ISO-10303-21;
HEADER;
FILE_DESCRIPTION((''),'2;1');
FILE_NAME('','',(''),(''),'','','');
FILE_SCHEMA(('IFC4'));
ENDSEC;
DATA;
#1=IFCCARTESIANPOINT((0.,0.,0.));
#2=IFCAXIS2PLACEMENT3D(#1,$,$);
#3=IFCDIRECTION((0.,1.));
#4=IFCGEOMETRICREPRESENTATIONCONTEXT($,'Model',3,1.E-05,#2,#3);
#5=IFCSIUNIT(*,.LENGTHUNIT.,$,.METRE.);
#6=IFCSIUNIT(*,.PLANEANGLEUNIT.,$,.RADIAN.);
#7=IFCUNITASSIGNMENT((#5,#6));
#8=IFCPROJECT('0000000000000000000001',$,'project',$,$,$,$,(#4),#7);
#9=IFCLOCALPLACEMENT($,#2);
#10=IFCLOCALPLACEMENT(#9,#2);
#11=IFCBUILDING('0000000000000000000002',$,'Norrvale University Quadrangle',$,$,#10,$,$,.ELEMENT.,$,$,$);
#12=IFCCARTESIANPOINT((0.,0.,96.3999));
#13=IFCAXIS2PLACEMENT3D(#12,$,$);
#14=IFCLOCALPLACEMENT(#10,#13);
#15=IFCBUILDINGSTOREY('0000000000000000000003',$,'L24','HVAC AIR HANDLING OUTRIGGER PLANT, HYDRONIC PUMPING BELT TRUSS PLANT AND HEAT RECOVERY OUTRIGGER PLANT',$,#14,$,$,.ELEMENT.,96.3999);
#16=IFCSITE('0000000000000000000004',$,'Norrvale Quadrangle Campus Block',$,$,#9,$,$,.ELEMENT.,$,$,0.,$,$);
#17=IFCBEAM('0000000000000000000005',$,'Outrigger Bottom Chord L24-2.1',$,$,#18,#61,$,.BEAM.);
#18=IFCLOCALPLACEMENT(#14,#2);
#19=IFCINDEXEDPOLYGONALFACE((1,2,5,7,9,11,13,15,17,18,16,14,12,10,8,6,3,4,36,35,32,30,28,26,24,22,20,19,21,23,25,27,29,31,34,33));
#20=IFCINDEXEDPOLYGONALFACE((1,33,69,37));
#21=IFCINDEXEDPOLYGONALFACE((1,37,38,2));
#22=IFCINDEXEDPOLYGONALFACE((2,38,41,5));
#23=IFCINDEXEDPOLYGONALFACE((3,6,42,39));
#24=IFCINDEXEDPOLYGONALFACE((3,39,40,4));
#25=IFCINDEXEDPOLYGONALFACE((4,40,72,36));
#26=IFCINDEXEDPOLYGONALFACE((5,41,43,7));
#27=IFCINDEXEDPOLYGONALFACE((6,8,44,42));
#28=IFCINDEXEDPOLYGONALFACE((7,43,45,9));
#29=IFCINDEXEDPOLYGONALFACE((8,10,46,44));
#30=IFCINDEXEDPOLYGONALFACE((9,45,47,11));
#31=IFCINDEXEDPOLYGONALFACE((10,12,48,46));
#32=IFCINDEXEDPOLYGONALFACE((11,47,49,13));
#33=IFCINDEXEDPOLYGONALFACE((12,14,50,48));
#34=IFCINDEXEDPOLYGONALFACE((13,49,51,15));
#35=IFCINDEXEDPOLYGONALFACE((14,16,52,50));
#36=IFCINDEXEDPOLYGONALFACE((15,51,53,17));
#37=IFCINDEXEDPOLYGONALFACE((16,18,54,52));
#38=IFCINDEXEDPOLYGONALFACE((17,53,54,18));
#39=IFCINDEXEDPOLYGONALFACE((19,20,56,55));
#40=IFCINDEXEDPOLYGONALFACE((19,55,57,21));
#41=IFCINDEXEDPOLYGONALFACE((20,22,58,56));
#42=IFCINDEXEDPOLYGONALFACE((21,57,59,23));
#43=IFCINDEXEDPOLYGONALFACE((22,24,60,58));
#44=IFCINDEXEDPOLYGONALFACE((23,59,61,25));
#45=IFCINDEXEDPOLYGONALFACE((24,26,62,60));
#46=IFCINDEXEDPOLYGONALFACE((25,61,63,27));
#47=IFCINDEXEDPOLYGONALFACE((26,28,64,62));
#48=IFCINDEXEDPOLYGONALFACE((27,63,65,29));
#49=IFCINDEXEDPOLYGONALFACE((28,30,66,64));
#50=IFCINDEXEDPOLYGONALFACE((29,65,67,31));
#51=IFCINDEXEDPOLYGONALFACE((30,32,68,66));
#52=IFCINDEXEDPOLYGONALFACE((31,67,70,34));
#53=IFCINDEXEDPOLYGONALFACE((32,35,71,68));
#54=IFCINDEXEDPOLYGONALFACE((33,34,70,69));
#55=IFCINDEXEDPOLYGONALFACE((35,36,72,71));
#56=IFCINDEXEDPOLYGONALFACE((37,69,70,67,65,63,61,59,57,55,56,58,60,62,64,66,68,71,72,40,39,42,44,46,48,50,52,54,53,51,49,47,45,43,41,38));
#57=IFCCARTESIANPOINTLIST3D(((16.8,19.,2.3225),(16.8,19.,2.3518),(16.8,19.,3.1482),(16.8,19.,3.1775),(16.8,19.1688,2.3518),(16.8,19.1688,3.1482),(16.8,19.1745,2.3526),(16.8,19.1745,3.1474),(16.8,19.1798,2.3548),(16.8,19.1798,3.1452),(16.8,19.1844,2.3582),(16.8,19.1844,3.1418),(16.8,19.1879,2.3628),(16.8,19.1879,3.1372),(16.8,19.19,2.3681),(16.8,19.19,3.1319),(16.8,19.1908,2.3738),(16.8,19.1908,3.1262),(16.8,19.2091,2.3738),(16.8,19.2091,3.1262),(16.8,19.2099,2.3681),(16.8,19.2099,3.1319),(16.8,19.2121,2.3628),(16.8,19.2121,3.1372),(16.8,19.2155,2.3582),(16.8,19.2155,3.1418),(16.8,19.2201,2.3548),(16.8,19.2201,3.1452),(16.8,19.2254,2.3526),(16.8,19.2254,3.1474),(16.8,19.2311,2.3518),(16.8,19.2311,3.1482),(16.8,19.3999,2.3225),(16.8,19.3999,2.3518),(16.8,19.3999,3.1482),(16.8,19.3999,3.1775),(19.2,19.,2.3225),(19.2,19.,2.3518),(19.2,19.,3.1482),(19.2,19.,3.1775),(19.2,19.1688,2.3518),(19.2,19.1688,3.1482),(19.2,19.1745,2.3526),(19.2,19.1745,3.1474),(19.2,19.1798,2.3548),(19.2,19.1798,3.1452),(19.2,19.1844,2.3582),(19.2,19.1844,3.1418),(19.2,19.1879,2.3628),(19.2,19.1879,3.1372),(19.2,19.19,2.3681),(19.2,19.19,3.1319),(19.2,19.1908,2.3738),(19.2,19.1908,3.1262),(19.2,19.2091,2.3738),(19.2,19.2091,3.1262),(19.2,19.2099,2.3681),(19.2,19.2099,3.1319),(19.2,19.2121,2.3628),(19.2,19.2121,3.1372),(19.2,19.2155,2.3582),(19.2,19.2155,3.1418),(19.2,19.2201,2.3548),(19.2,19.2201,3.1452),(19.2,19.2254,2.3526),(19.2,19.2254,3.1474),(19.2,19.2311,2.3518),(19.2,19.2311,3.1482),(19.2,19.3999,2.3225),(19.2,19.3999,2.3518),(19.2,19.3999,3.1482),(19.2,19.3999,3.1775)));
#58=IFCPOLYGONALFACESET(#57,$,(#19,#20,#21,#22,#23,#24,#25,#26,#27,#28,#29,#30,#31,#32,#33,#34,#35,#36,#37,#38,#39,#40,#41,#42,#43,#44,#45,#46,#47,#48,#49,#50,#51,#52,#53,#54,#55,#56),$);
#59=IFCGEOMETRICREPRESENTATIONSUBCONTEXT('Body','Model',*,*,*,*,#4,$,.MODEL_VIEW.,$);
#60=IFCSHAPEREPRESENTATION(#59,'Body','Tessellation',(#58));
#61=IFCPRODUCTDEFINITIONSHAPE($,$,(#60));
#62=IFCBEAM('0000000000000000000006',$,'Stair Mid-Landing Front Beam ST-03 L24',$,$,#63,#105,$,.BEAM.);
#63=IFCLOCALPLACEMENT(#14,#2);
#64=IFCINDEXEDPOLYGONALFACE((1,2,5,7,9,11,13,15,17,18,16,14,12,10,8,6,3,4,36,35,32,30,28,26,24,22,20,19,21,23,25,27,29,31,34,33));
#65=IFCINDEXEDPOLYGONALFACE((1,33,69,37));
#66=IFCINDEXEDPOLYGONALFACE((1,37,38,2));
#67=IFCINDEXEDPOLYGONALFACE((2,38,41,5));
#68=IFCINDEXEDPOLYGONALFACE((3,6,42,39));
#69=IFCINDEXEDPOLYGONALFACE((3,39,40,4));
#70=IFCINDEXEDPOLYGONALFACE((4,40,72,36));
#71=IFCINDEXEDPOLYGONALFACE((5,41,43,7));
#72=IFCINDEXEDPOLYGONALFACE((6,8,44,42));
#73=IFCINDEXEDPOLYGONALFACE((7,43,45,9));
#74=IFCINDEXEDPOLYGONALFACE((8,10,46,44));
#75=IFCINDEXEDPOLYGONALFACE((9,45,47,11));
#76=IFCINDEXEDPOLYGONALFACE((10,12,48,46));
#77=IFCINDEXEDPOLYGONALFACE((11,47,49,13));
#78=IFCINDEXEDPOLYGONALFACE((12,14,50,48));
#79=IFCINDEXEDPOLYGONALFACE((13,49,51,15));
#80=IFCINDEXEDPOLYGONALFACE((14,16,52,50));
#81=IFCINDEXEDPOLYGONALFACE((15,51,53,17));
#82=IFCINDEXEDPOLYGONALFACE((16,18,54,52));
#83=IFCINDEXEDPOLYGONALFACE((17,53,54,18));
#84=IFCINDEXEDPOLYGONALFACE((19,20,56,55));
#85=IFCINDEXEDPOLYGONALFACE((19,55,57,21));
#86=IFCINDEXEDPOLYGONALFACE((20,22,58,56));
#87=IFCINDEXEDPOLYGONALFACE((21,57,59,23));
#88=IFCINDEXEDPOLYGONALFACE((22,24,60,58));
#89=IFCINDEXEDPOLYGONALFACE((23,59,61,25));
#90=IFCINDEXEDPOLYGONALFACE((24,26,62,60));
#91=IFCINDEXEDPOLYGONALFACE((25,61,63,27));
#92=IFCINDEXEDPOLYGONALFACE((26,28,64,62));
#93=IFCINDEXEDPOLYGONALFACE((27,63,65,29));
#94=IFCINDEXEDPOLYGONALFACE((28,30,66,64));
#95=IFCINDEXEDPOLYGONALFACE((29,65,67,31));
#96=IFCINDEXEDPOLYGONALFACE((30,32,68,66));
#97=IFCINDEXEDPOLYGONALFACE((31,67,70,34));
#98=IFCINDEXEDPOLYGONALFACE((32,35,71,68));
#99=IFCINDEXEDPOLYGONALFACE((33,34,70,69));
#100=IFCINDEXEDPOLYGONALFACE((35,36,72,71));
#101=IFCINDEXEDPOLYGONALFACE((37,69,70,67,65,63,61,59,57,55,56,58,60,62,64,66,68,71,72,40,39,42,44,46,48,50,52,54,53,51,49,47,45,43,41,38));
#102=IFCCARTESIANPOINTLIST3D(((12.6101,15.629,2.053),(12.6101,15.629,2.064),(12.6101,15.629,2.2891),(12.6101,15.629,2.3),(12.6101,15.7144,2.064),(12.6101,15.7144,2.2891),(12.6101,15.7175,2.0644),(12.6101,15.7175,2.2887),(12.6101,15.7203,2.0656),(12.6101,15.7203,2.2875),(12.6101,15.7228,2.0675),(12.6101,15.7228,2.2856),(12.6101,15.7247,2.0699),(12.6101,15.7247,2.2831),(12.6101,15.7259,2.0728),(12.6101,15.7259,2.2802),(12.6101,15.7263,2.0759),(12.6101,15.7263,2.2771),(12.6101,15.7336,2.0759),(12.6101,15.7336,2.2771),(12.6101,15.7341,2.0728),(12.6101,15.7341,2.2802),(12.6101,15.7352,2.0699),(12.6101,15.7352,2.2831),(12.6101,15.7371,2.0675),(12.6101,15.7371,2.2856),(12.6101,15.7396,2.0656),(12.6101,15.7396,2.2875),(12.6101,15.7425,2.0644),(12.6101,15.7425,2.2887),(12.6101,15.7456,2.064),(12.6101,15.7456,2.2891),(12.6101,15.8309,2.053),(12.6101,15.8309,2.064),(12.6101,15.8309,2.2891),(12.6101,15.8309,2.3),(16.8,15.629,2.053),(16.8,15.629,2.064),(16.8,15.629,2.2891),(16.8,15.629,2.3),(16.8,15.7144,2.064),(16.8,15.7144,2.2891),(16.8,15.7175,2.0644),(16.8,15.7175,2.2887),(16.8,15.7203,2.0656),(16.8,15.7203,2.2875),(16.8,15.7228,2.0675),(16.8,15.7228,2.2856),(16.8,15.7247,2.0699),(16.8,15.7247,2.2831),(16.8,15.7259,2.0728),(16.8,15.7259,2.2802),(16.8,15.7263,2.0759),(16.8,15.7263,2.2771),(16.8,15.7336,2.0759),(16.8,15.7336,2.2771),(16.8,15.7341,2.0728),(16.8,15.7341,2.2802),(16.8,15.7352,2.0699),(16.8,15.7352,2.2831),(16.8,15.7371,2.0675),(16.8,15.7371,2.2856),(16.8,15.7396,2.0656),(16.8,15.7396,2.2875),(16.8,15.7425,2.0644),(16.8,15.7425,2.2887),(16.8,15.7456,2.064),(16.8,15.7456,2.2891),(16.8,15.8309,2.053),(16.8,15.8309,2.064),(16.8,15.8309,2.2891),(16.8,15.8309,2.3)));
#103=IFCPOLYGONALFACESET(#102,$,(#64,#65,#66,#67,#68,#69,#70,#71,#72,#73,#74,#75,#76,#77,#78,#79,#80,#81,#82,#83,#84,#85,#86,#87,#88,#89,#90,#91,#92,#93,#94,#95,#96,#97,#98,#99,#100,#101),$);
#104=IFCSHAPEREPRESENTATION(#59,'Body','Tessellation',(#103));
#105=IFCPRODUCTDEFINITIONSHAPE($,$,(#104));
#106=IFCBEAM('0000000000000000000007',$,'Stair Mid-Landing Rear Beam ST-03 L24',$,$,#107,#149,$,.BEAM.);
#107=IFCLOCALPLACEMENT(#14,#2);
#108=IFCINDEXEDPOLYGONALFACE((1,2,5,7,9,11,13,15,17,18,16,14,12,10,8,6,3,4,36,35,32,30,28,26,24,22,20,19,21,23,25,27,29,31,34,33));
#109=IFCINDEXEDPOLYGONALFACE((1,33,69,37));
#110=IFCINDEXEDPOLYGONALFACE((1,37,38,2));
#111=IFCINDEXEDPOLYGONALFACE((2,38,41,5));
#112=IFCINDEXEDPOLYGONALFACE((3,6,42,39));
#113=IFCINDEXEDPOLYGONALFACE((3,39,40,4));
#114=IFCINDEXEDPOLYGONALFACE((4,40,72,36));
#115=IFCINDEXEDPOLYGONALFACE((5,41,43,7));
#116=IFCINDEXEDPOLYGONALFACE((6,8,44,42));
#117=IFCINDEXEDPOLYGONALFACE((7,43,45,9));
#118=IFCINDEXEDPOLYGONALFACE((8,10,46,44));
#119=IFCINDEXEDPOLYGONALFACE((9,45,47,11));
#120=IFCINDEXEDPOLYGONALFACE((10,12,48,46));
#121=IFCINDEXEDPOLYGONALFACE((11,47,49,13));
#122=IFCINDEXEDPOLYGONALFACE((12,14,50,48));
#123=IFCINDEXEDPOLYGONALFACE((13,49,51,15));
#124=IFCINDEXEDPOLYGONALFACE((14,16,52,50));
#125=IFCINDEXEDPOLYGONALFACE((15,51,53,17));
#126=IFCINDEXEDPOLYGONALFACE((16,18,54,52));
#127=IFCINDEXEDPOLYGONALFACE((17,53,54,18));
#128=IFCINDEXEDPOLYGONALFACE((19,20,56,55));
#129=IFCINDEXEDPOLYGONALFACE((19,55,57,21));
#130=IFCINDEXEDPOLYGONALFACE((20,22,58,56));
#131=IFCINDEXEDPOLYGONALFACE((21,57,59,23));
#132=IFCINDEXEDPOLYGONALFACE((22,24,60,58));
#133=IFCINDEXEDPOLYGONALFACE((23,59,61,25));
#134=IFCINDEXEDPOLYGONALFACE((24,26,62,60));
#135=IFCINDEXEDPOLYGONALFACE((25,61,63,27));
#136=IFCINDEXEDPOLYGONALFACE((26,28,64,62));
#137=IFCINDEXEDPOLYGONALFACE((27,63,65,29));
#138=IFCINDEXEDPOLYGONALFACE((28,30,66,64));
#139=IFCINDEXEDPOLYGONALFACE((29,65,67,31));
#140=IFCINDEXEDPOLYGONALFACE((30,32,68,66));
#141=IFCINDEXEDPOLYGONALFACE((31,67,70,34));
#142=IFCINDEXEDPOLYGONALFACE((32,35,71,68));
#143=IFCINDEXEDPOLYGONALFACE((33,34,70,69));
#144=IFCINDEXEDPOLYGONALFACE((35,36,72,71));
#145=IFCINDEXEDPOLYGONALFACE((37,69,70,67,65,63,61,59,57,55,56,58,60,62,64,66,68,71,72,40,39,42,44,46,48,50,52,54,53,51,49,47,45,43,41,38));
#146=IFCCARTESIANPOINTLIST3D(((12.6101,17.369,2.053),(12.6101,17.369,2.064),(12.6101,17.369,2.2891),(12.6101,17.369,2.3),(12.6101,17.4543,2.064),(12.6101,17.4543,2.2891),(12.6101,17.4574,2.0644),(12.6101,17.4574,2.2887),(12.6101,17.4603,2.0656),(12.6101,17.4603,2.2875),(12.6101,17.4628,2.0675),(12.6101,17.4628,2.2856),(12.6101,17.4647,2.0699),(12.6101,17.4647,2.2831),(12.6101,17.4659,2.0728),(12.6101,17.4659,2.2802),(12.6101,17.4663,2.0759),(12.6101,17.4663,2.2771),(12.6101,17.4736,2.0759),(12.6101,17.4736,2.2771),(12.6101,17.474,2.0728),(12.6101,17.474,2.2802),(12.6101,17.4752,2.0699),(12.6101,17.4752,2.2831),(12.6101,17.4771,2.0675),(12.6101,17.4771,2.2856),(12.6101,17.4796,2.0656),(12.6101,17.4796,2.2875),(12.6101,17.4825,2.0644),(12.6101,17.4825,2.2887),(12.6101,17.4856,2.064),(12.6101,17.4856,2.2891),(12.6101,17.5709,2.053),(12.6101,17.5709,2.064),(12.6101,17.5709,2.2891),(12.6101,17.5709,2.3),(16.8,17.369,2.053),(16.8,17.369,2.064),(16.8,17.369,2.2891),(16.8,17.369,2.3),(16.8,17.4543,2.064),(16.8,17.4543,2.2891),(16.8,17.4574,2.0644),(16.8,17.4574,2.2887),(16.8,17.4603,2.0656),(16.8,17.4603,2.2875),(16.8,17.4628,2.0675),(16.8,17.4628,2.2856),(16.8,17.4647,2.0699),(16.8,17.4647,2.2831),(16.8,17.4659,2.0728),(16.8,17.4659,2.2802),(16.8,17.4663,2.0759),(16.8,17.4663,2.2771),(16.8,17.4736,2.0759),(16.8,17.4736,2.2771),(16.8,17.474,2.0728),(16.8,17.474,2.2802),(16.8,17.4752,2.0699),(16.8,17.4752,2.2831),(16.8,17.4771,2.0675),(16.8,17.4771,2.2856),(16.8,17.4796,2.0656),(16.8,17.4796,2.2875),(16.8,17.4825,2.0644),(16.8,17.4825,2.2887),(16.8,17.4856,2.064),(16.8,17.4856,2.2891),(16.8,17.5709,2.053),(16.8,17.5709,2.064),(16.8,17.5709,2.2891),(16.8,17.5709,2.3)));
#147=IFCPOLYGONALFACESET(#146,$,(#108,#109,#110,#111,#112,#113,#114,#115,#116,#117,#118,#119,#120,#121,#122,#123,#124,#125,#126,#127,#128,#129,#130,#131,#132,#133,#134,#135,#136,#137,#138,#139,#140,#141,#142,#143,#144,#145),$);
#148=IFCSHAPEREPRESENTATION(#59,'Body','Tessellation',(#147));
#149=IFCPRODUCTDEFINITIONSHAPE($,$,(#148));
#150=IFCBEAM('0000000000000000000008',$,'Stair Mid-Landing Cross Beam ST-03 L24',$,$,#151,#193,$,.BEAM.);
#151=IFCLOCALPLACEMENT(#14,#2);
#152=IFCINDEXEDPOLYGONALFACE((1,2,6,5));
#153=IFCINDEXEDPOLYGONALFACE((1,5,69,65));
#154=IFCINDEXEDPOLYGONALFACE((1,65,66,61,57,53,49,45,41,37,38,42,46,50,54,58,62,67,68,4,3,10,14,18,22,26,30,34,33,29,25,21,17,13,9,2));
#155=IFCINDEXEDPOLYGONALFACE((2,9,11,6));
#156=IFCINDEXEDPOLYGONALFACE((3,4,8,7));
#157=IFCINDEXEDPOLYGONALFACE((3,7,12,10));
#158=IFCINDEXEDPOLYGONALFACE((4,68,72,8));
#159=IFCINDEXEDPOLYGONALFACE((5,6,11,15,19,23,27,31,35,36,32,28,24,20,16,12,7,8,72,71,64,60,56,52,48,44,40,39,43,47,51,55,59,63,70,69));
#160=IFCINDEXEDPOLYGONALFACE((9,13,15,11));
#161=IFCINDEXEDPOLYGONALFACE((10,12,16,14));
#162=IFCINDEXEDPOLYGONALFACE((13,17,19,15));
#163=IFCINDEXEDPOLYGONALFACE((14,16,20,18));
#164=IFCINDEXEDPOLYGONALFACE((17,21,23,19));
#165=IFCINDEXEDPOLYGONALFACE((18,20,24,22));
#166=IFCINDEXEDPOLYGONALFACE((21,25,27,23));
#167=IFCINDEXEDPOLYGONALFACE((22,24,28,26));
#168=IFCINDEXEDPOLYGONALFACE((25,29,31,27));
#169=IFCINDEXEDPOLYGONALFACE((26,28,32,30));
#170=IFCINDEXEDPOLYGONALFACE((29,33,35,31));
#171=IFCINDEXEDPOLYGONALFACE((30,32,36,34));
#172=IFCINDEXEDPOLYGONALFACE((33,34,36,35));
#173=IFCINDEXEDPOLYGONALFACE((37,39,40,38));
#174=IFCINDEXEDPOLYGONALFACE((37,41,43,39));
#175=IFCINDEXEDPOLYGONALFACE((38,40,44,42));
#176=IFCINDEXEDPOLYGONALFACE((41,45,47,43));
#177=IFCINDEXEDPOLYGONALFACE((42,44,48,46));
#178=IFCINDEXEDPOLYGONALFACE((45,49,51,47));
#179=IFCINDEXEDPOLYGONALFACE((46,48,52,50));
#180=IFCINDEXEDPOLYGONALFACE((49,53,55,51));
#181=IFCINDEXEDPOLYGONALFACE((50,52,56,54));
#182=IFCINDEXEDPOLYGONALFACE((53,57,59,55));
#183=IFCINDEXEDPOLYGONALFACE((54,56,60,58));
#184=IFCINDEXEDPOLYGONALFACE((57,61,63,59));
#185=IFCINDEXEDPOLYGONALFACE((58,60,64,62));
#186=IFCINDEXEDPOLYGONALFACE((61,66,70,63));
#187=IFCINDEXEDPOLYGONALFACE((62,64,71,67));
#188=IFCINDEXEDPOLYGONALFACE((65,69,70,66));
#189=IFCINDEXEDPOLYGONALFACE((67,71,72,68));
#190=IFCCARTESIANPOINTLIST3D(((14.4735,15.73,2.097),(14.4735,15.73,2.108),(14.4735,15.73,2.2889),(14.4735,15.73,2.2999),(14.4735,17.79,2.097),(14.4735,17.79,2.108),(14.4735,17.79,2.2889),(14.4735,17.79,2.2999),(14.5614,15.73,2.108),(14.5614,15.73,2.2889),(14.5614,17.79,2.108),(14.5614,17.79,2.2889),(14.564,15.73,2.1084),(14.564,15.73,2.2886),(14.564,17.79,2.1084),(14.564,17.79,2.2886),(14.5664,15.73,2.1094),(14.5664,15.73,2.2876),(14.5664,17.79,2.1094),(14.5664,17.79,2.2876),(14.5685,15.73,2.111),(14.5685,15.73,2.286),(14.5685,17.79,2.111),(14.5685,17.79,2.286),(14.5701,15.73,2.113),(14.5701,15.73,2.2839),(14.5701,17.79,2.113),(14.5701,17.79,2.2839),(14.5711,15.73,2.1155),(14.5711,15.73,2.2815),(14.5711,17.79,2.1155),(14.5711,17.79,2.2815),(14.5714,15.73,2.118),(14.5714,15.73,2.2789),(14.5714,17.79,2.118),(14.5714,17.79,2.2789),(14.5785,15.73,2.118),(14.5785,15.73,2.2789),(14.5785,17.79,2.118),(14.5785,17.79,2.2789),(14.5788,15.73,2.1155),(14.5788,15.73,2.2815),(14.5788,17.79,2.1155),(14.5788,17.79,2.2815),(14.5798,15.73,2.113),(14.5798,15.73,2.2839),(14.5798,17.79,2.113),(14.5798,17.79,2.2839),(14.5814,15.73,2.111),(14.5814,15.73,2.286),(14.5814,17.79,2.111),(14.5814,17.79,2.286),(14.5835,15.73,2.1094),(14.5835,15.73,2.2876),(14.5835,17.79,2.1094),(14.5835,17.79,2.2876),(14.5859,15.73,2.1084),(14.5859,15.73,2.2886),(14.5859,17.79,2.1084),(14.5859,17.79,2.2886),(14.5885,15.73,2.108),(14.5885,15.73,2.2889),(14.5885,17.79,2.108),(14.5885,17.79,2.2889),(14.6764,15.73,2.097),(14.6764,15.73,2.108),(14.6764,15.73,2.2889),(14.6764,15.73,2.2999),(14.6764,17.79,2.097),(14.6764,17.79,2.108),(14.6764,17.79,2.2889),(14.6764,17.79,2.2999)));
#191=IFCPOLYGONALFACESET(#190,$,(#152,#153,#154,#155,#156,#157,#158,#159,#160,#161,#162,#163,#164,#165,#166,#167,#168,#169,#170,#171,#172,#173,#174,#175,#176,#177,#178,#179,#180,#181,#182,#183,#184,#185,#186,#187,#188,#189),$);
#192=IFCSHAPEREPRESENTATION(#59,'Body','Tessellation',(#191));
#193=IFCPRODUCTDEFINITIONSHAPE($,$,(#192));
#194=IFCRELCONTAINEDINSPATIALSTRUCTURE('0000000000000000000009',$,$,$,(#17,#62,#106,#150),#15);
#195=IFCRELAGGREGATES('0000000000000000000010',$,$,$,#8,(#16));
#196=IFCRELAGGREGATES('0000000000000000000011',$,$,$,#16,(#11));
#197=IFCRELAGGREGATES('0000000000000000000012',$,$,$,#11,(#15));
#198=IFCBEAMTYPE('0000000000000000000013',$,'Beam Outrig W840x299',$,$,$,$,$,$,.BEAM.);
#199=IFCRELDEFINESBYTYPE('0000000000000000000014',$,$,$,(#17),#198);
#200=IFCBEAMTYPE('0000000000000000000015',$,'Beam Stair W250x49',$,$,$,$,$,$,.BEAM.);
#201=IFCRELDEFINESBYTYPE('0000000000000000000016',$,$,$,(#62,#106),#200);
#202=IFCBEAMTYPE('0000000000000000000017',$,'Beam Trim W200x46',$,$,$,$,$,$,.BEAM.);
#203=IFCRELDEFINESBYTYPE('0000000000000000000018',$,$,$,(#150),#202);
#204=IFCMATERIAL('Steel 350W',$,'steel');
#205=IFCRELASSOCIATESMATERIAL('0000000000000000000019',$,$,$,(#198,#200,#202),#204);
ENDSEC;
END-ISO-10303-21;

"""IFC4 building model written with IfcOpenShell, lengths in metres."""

from ifc_helpers import new_model, si_unit, direction, frame, origin, origin_2d, place, context, subcontext, project, spatial, i_section, extrude, material, material_profile, profile_set, type_object, element, save


model = new_model("IFC4")

# Units and contexts
model_context = context("Model", 3, precision=1e-05, world=origin(), true_north=direction((0.0, 1.0)))
body_context = subcontext(model_context, "Body", "Model", "MODEL_VIEW")
ifc_project = project(units=[si_unit("LENGTHUNIT", "METRE"), si_unit("PLANEANGLEUNIT", "RADIAN")], contexts=[model_context])

# Site, building, storey
site_placement = place(None, origin())
site = spatial("IfcSite", under=ifc_project, at=site_placement, Name="Norrvale Quadrangle Campus Block", CompositionType="ELEMENT", RefElevation=0.0)
building_placement = place(site_placement, origin())
building = spatial("IfcBuilding", under=site, at=building_placement, Name="Norrvale University Quadrangle", CompositionType="ELEMENT")
storey_placement = place(building_placement, frame((0.0, 0.0, 96.3999)))
storey = spatial("IfcBuildingStorey", under=building, at=storey_placement, Name="L24", Description="HVAC AIR HANDLING OUTRIGGER PLANT, HYDRONIC PUMPING BELT TRUSS PLANT AND HEAT RECOVERY OUTRIGGER PLANT", CompositionType="ELEMENT", Elevation=96.3999)

# Beams
ifc_material_1 = material(Name="Steel 350W", Category="steel")
ifc_material_profile_1 = material_profile(ifc_material_1, i_section(OverallWidth=0.3999, OverallDepth=0.855, WebThickness=0.0183, FlangeThickness=0.0293, FilletRadius=0.022, at=origin_2d()), Name="Steel 350W")
ifc_profile_set_1 = profile_set([ifc_material_profile_1], Name="Steel 350W")
beam_type_1 = type_object("IfcBeamType", Name="Beam Outrig W840x299", PredefinedType="BEAM", material=ifc_profile_set_1)
beam_1_placement = place(storey_placement, frame((16.8, 19.2, 2.75), z_axis=(1.0, 0.0, 0.0), x_axis=(0.0, 1.0, 0.0)))
element("IfcBeam", 1, at=beam_1_placement, inside=storey, type_object=beam_type_1, Name="Outrigger Bottom Chord L24-2.1", PredefinedType="BEAM", context=body_context, shape_type="SweptSolid", body=[
    extrude(i_section(OverallWidth=0.3999, OverallDepth=0.855, WebThickness=0.0183, FlangeThickness=0.0293, FilletRadius=0.022, at=origin_2d()), origin(), (0.0, 0.0, 1.0), 2.3999),
])
ifc_material_profile_2 = material_profile(ifc_material_1, i_section(OverallWidth=0.2019, OverallDepth=0.2471, WebThickness=0.0073, FlangeThickness=0.011, FilletRadius=0.012, at=origin_2d()), Name="Steel 350W")
ifc_profile_set_2 = profile_set([ifc_material_profile_2], Name="Steel 350W")
beam_type_2 = type_object("IfcBeamType", Name="Beam Stair W250x49", PredefinedType="BEAM", material=ifc_profile_set_2)
for number, where, z_axis, x_axis, name in (
    (2, (12.6101, 15.73, 2.1765), (1.0, 0.0, 0.0), (0.0, 1.0, 0.0), "Stair Mid-Landing Front Beam ST-03 L24"),
    (3, (12.6101, 17.47, 2.1765), (1.0, 0.0, 0.0), (0.0, 1.0, 0.0), "Stair Mid-Landing Rear Beam ST-03 L24"),
):
    element("IfcBeam", number, at=place(storey_placement, frame(where, z_axis=z_axis, x_axis=x_axis)), inside=storey, type_object=beam_type_2, Name=name, PredefinedType="BEAM", context=body_context, shape_type="SweptSolid", body=[
        extrude(i_section(OverallWidth=0.2019, OverallDepth=0.2471, WebThickness=0.0073, FlangeThickness=0.011, FilletRadius=0.012, at=origin_2d()), origin(), (0.0, 0.0, 1.0), 4.1899),
    ])
ifc_material_profile_3 = material_profile(ifc_material_1, i_section(OverallWidth=0.2029, OverallDepth=0.2029, WebThickness=0.0071, FlangeThickness=0.011, FilletRadius=0.01, at=origin_2d()), Name="Steel 350W")
ifc_profile_set_3 = profile_set([ifc_material_profile_3], Name="Steel 350W")
beam_type_3 = type_object("IfcBeamType", Name="Beam Trim W200x46", PredefinedType="BEAM", material=ifc_profile_set_3)
beam_2_placement = place(storey_placement, frame((14.575, 15.73, 2.1985), z_axis=(0.0, 1.0, 0.0), x_axis=(-1.0, 0.0, 0.0)))
element("IfcBeam", 4, at=beam_2_placement, inside=storey, type_object=beam_type_3, Name="Stair Mid-Landing Cross Beam ST-03 L24", PredefinedType="BEAM", context=body_context, shape_type="SweptSolid", body=[
    extrude(i_section(OverallWidth=0.2029, OverallDepth=0.2029, WebThickness=0.0071, FlangeThickness=0.011, FilletRadius=0.01, at=origin_2d()), origin(), (0.0, 0.0, 1.0), 2.0601),
])

save(model, "model.ifc")
